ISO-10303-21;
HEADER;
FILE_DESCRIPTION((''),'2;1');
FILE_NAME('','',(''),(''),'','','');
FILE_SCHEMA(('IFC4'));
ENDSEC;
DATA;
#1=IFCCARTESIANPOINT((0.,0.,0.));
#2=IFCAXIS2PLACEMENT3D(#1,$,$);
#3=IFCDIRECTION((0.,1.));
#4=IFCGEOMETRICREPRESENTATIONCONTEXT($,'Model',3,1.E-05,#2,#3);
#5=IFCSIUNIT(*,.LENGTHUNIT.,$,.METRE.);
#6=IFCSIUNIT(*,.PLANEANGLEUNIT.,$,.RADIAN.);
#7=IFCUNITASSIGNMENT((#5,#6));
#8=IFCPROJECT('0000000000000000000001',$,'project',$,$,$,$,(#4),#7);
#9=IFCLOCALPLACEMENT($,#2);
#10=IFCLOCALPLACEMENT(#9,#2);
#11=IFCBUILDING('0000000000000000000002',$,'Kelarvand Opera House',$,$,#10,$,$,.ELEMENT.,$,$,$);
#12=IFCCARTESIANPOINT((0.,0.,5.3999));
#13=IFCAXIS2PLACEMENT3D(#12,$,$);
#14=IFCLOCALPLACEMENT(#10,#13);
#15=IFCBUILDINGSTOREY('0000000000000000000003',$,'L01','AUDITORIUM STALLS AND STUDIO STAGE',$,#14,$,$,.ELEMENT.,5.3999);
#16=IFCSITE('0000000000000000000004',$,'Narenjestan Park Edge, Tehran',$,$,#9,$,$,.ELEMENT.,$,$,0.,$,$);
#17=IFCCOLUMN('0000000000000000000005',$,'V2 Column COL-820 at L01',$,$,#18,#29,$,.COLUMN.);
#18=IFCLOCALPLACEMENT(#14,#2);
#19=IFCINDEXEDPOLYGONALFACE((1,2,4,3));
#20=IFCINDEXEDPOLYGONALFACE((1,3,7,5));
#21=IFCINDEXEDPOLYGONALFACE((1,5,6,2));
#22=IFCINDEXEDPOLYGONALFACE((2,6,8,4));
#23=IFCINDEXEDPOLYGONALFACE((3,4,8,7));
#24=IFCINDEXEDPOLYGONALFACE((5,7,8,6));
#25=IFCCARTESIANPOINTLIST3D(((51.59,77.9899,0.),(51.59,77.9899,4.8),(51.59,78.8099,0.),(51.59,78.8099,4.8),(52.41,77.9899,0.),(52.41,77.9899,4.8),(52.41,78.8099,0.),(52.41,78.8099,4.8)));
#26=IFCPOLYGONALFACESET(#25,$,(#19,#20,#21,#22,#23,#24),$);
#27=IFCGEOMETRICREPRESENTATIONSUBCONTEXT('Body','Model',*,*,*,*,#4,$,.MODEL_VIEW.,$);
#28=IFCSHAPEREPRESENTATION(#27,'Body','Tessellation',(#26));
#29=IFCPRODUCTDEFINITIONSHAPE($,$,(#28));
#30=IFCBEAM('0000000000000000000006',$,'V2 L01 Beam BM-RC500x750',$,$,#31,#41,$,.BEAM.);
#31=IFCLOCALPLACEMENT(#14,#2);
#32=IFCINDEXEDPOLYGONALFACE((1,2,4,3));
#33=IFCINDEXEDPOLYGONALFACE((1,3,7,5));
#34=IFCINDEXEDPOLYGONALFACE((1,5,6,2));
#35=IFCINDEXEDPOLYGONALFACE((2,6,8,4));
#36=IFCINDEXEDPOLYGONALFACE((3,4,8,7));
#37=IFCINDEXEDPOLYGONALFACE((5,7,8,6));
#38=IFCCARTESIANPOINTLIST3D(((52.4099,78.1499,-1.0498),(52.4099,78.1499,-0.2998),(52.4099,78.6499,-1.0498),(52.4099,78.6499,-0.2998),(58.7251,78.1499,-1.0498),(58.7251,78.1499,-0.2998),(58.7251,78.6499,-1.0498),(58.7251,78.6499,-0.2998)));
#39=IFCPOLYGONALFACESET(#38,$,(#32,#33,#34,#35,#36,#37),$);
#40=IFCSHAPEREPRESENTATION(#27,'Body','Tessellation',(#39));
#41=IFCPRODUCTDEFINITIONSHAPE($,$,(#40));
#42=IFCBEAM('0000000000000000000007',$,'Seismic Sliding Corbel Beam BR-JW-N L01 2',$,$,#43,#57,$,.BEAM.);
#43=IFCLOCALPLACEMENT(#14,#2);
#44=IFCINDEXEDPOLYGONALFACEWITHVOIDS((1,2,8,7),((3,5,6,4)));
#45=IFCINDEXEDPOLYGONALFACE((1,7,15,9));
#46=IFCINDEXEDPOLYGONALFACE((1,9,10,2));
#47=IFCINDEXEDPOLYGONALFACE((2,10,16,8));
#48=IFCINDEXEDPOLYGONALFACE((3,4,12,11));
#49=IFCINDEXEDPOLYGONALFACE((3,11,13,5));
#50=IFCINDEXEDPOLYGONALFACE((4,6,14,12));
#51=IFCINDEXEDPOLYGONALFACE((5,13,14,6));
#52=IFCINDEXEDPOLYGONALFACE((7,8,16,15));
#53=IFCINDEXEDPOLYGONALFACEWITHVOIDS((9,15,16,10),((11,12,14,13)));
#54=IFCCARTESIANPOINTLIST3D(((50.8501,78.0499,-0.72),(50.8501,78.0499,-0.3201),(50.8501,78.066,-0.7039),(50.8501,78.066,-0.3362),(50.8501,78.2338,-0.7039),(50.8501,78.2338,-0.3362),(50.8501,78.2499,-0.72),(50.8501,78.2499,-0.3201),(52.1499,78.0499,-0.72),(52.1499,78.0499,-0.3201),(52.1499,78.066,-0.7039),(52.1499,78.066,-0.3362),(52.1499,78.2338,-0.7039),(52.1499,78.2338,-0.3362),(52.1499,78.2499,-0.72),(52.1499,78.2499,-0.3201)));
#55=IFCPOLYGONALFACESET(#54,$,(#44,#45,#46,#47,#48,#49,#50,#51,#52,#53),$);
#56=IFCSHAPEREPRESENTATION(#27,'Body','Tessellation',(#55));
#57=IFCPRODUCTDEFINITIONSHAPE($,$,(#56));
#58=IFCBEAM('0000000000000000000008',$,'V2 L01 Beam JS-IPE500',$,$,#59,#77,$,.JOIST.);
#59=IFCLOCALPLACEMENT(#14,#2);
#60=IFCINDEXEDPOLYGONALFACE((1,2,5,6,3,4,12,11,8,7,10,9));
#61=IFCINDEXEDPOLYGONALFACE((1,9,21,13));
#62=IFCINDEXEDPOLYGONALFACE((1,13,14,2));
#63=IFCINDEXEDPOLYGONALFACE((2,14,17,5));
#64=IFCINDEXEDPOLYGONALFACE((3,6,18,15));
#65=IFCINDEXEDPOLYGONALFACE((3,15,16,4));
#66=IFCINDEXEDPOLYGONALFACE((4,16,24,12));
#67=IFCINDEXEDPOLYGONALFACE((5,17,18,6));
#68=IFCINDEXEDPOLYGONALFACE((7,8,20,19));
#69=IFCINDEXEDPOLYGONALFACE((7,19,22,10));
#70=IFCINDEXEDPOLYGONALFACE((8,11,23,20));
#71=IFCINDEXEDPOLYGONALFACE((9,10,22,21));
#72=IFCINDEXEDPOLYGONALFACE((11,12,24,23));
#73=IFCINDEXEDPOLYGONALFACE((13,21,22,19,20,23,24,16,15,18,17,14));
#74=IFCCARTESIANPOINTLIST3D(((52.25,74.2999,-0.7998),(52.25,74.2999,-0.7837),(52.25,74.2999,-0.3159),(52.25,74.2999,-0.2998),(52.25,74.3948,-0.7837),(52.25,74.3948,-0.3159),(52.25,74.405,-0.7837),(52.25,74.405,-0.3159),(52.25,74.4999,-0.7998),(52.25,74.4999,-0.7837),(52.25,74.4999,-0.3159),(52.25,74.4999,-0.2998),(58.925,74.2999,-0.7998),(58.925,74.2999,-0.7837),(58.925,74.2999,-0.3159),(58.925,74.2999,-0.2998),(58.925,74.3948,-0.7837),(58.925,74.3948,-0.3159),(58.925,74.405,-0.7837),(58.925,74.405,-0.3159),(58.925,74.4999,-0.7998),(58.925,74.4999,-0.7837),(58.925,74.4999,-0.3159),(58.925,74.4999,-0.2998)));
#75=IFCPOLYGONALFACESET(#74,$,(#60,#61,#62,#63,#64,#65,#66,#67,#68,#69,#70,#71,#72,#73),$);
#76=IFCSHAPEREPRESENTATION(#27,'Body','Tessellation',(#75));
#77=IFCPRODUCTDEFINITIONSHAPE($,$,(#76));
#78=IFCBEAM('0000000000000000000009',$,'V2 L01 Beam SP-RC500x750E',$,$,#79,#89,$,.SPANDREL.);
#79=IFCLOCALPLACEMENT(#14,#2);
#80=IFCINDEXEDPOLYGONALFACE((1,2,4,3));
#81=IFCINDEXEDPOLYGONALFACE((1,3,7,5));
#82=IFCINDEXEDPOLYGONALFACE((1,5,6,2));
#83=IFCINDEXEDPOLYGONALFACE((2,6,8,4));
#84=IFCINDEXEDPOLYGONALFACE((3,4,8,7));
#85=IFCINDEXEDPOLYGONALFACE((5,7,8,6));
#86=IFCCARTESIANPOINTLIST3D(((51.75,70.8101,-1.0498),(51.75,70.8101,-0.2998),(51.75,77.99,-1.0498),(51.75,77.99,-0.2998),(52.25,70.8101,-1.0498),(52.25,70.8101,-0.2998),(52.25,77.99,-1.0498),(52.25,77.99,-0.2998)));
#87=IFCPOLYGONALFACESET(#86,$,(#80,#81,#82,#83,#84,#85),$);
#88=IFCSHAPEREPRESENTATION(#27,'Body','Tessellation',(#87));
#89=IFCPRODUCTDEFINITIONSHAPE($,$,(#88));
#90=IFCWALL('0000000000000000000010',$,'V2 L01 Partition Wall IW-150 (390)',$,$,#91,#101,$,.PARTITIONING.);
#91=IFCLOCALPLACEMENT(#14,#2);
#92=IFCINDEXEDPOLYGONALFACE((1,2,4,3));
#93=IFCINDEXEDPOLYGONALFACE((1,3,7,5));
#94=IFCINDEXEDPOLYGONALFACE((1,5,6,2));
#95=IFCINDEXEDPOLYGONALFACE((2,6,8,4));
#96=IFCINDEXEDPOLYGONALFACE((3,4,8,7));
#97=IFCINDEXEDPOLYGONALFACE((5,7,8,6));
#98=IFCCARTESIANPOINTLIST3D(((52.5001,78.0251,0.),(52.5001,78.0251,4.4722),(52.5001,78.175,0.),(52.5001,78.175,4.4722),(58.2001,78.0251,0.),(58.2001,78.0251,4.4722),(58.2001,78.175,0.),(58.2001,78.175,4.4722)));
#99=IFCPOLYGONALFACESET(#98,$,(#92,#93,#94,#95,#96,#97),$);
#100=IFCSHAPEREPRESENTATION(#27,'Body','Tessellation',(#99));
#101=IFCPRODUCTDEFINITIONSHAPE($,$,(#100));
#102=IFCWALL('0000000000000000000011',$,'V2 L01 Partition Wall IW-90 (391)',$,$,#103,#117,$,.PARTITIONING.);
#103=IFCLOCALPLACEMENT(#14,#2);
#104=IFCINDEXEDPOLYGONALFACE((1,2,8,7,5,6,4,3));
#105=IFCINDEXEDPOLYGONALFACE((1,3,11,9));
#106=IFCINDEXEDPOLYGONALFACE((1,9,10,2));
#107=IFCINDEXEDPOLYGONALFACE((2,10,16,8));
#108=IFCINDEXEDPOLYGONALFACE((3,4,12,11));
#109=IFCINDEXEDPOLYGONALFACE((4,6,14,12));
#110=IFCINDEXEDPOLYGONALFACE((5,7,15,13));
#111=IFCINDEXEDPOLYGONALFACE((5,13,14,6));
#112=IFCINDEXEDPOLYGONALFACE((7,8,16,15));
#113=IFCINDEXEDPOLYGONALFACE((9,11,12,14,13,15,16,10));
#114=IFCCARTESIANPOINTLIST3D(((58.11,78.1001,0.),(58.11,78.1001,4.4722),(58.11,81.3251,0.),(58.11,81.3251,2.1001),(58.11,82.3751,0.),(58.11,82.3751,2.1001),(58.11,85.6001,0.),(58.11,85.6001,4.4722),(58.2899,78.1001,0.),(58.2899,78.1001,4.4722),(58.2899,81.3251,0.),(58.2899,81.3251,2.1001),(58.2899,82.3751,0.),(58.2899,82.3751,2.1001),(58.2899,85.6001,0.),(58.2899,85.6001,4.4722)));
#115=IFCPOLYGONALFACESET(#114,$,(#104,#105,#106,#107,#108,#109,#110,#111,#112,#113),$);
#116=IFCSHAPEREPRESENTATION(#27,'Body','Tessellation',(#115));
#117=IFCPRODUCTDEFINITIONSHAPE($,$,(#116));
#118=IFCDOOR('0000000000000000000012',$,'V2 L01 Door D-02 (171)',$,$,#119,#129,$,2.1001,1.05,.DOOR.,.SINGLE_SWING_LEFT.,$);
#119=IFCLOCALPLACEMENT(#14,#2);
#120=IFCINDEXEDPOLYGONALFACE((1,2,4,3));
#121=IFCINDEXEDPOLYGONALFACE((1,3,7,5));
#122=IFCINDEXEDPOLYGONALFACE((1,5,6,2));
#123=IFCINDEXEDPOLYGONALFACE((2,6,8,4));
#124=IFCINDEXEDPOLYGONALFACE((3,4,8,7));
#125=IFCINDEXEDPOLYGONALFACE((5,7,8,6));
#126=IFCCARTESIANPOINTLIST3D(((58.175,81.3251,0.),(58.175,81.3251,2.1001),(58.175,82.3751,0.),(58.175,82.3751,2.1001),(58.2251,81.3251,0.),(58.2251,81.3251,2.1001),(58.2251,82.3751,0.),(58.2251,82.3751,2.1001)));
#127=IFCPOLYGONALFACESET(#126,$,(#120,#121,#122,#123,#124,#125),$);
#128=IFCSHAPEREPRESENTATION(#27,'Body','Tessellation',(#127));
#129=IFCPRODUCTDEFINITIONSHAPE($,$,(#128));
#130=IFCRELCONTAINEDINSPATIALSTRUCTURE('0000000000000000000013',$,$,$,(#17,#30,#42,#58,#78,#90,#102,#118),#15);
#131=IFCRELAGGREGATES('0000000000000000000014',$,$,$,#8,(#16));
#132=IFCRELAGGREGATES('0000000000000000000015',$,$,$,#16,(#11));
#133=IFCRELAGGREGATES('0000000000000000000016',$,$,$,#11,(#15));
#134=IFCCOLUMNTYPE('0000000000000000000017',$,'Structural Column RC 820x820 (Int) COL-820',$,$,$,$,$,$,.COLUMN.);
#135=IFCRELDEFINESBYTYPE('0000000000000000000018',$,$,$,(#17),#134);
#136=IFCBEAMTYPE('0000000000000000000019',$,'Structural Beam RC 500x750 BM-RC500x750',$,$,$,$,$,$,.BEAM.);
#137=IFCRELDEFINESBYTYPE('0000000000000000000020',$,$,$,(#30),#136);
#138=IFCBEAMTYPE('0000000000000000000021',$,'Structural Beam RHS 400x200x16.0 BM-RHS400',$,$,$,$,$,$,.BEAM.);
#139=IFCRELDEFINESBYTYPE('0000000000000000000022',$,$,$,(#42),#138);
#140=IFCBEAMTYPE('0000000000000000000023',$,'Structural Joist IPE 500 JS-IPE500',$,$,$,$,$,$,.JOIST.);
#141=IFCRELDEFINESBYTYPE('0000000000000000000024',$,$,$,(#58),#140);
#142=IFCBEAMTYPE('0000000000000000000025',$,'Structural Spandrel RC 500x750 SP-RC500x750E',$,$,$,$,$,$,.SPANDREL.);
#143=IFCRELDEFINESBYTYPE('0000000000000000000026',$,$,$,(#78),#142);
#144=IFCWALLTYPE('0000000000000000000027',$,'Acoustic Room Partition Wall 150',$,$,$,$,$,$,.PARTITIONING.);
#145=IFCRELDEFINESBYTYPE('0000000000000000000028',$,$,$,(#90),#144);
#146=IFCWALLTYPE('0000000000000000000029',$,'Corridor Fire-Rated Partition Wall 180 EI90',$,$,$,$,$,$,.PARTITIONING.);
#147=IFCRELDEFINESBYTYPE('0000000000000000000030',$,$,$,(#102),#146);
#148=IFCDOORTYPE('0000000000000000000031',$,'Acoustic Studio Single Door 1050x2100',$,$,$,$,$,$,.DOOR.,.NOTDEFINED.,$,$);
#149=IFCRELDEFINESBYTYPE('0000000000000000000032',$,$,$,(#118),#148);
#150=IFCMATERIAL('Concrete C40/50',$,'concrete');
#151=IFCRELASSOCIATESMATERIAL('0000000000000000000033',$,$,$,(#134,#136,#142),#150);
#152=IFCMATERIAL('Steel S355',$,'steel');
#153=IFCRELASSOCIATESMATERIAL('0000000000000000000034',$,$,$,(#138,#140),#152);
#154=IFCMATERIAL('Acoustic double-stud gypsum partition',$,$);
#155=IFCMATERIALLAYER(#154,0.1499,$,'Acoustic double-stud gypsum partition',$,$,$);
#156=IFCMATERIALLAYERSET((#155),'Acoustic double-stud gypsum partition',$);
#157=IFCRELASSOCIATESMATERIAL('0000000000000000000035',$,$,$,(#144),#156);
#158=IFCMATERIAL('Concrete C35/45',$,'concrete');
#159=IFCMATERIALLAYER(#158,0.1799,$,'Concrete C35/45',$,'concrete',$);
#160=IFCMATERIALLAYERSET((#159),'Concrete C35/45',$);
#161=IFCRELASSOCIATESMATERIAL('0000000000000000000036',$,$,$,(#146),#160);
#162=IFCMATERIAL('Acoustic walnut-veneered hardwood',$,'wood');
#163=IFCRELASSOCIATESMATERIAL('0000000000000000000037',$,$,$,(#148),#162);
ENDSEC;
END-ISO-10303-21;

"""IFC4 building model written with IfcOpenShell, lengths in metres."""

from ifc_helpers import new_model, si_unit, direction, frame, frame_2d, origin, origin_2d, place, context, subcontext, project, spatial, rectangle, hollow_rectangle, i_section, extrude, material, layer, layer_set, material_profile, profile_set, type_object, element, fill, save


model = new_model("IFC4")

# Units and contexts
model_context = context("Model", 3, precision=1e-05, world=origin(), true_north=direction((0.0, 1.0)))
body_context = subcontext(model_context, "Body", "Model", "MODEL_VIEW")
ifc_project = project(units=[si_unit("LENGTHUNIT", "METRE"), si_unit("PLANEANGLEUNIT", "RADIAN")], contexts=[model_context])

# Site, building, storey
site_placement = place(None, origin())
site = spatial("IfcSite", under=ifc_project, at=site_placement, Name="Narenjestan Park Edge, Tehran", CompositionType="ELEMENT", RefElevation=0.0)
building_placement = place(site_placement, origin())
building = spatial("IfcBuilding", under=site, at=building_placement, Name="Kelarvand Opera House", CompositionType="ELEMENT")
storey_placement = place(building_placement, frame((0.0, 0.0, 5.3999)))
storey = spatial("IfcBuildingStorey", under=building, at=storey_placement, Name="L01", Description="AUDITORIUM STALLS AND STUDIO STAGE", CompositionType="ELEMENT", Elevation=5.3999)

# Column
ifc_material_1 = material(Name="Concrete C40/50", Category="concrete")
ifc_material_profile_1 = material_profile(ifc_material_1, rectangle(XDim=0.8201, YDim=0.8201, at=origin_2d()), Name="RC 820x820", Category="concrete")
ifc_profile_set_1 = profile_set([ifc_material_profile_1], Name="Concrete C40/50")
column_type = type_object("IfcColumnType", Name="Structural Column RC 820x820 (Int) COL-820", PredefinedType="COLUMN", material=ifc_profile_set_1)
column_placement = place(storey_placement, frame((52.0, 78.3999, 0.0), z_axis=(0.0, 0.0, 1.0), x_axis=(1.0, 0.0, 0.0)))
element("IfcColumn", 1, at=column_placement, inside=storey, type_object=column_type, Name="V2 Column COL-820 at L01", PredefinedType="COLUMN", context=body_context, shape_type="SweptSolid", body=[
    extrude(rectangle(XDim=0.8201, YDim=0.8201, at=origin_2d()), origin(), (0.0, 0.0, 1.0), 4.8),
])

# Beams
ifc_material_profile_2 = material_profile(ifc_material_1, rectangle(XDim=0.5, YDim=0.75, at=origin_2d()), Name="RC 500x750", Category="concrete")
ifc_profile_set_2 = profile_set([ifc_material_profile_2], Name="Concrete C40/50")
beam_type_1 = type_object("IfcBeamType", Name="Structural Beam RC 500x750 BM-RC500x750", PredefinedType="BEAM", material=ifc_profile_set_2)
beam_1_placement = place(storey_placement, frame((52.4099, 78.3999, -0.6748), z_axis=(1.0, 0.0, 0.0), x_axis=(0.0, 1.0, 0.0)))
element("IfcBeam", 2, at=beam_1_placement, inside=storey, type_object=beam_type_1, Name="V2 L01 Beam BM-RC500x750", PredefinedType="BEAM", context=body_context, shape_type="SweptSolid", body=[
    extrude(rectangle(XDim=0.5, YDim=0.75, at=origin_2d()), origin(), (0.0, 0.0, 1.0), 6.3152),
])
ifc_material_2 = material(Name="Steel S355", Category="steel")
ifc_material_profile_3 = material_profile(ifc_material_2, hollow_rectangle(XDim=0.2, YDim=0.3999, WallThickness=0.0161, at=origin_2d()), Name="RHS 400x200x16.0", Category="steel")
ifc_profile_set_3 = profile_set([ifc_material_profile_3], Name="Steel S355")
beam_type_2 = type_object("IfcBeamType", Name="Structural Beam RHS 400x200x16.0 BM-RHS400", PredefinedType="BEAM", material=ifc_profile_set_3)
beam_2_placement = place(storey_placement, frame((50.8501, 78.1499, -0.52), z_axis=(1.0, 0.0, 0.0), x_axis=(0.0, 1.0, 0.0)))
element("IfcBeam", 3, at=beam_2_placement, inside=storey, type_object=beam_type_2, Name="Seismic Sliding Corbel Beam BR-JW-N L01 2", PredefinedType="BEAM", context=body_context, shape_type="SweptSolid", body=[
    extrude(hollow_rectangle(XDim=0.2, YDim=0.3999, WallThickness=0.0161, at=origin_2d()), origin(), (0.0, 0.0, 1.0), 1.2998),
])
ifc_material_profile_4 = material_profile(ifc_material_2, i_section(OverallWidth=0.2, OverallDepth=0.5, WebThickness=0.0103, FlangeThickness=0.0161, at=origin_2d()), Name="IPE 500", Category="steel")
ifc_profile_set_4 = profile_set([ifc_material_profile_4], Name="Steel S355")
beam_type_3 = type_object("IfcBeamType", Name="Structural Joist IPE 500 JS-IPE500", PredefinedType="JOIST", material=ifc_profile_set_4)
beam_3_placement = place(storey_placement, frame((52.25, 74.3999, -0.5498), z_axis=(1.0, 0.0, 0.0), x_axis=(0.0, 1.0, 0.0)))
element("IfcBeam", 4, at=beam_3_placement, inside=storey, type_object=beam_type_3, Name="V2 L01 Beam JS-IPE500", PredefinedType="JOIST", context=body_context, shape_type="SweptSolid", body=[
    extrude(i_section(OverallWidth=0.2, OverallDepth=0.5, WebThickness=0.0103, FlangeThickness=0.0161, at=origin_2d()), origin(), (0.0, 0.0, 1.0), 6.675),
])
ifc_material_profile_5 = material_profile(ifc_material_1, rectangle(XDim=0.5, YDim=0.75, at=origin_2d()), Name="RC 500x750", Category="concrete")
ifc_profile_set_5 = profile_set([ifc_material_profile_5], Name="Concrete C40/50")
beam_type_4 = type_object("IfcBeamType", Name="Structural Spandrel RC 500x750 SP-RC500x750E", PredefinedType="SPANDREL", material=ifc_profile_set_5)
beam_4_placement = place(storey_placement, frame((52.0, 70.8101, -0.6748), z_axis=(0.0, 1.0, 0.0), x_axis=(-1.0, 0.0, 0.0)))
element("IfcBeam", 5, at=beam_4_placement, inside=storey, type_object=beam_type_4, Name="V2 L01 Beam SP-RC500x750E", PredefinedType="SPANDREL", context=body_context, shape_type="SweptSolid", body=[
    extrude(rectangle(XDim=0.5, YDim=0.75, at=origin_2d()), origin(), (0.0, 0.0, 1.0), 7.1799),
])

# Wall
ifc_material_3 = material(Name="Acoustic double-stud gypsum partition")
ifc_layer_1 = layer(ifc_material_3, 0.1499, Name="Acoustic double-stud gypsum partition")
ifc_layer_set_1 = layer_set([ifc_layer_1], Name="Acoustic double-stud gypsum partition")
wall_type_1 = type_object("IfcWallType", Name="Acoustic Room Partition Wall 150", PredefinedType="PARTITIONING", material=ifc_layer_set_1)
wall_1_placement = place(storey_placement, frame((52.5, 78.1001, 0.0), z_axis=(0.0, 0.0, 1.0), x_axis=(1.0, 0.0, 0.0)))
element("IfcWall", 6, at=wall_1_placement, inside=storey, type_object=wall_type_1, Name="V2 L01 Partition Wall IW-150 (390)", PredefinedType="PARTITIONING", context=body_context, shape_type="SweptSolid", body=[
    extrude(rectangle(XDim=5.7, YDim=0.1499, at=frame_2d((2.8501, 0.0))), origin(), (0.0, 0.0, 1.0), 4.4722),
])

# Wall, opening, door
ifc_material_4 = material(Name="Concrete C35/45", Category="concrete")
ifc_layer_2 = layer(ifc_material_4, 0.1799, Name="Concrete C35/45", Category="concrete")
ifc_layer_set_2 = layer_set([ifc_layer_2], Name="Concrete C35/45")
wall_type_2 = type_object("IfcWallType", Name="Corridor Fire-Rated Partition Wall 180 EI90", PredefinedType="PARTITIONING", material=ifc_layer_set_2)
wall_2_placement = place(storey_placement, frame((58.2, 78.1001, 0.0), z_axis=(0.0, 0.0, 1.0), x_axis=(0.0, 1.0, 0.0)))
wall_2 = element("IfcWall", 7, at=wall_2_placement, inside=storey, type_object=wall_type_2, Name="V2 L01 Partition Wall IW-90 (391)", PredefinedType="PARTITIONING", context=body_context, shape_type="SweptSolid", body=[
    extrude(rectangle(XDim=7.5, YDim=0.1799, at=frame_2d((3.75, 0.0))), origin(), (0.0, 0.0, 1.0), 4.4722),
])
opening_1_placement = place(wall_2_placement, frame((3.2251, 0.0, 0.0)))
opening_1 = element("IfcOpeningElement", 8, at=opening_1_placement, cuts=wall_2, PredefinedType="OPENING", context=body_context, shape_type="SweptSolid", body=[
    extrude(rectangle(XDim=1.05, YDim=2.1001, at=frame_2d((0.5249, 1.05))), frame((0.0, 0.1001, 0.0), z_axis=(0.0, -1.0, 0.0), x_axis=(1.0, 0.0, 0.0)), (0.0, 0.0, 1.0), 0.2),
])
ifc_material_5 = material(Name="Acoustic walnut-veneered hardwood", Category="wood")
door_type = type_object("IfcDoorType", Name="Acoustic Studio Single Door 1050x2100", OperationType="NOTDEFINED", PredefinedType="DOOR", material=ifc_material_5)
door_placement = place(opening_1_placement, origin())
door = element("IfcDoor", 9, at=door_placement, inside=storey, type_object=door_type, Name="V2 L01 Door D-02 (171)", OperationType="SINGLE_SWING_LEFT", OverallHeight=2.1001, OverallWidth=1.05, PredefinedType="DOOR", context=body_context, shape_type="SweptSolid", body=[
    extrude(rectangle(XDim=1.05, YDim=2.1001, at=frame_2d((0.5249, 1.05))), frame((0.0, 0.0249, 0.0), z_axis=(0.0, -1.0, 0.0), x_axis=(1.0, 0.0, 0.0)), (0.0, 0.0, 1.0), 0.05),
])
fill(opening_1, door)

save(model, "model.ifc")
